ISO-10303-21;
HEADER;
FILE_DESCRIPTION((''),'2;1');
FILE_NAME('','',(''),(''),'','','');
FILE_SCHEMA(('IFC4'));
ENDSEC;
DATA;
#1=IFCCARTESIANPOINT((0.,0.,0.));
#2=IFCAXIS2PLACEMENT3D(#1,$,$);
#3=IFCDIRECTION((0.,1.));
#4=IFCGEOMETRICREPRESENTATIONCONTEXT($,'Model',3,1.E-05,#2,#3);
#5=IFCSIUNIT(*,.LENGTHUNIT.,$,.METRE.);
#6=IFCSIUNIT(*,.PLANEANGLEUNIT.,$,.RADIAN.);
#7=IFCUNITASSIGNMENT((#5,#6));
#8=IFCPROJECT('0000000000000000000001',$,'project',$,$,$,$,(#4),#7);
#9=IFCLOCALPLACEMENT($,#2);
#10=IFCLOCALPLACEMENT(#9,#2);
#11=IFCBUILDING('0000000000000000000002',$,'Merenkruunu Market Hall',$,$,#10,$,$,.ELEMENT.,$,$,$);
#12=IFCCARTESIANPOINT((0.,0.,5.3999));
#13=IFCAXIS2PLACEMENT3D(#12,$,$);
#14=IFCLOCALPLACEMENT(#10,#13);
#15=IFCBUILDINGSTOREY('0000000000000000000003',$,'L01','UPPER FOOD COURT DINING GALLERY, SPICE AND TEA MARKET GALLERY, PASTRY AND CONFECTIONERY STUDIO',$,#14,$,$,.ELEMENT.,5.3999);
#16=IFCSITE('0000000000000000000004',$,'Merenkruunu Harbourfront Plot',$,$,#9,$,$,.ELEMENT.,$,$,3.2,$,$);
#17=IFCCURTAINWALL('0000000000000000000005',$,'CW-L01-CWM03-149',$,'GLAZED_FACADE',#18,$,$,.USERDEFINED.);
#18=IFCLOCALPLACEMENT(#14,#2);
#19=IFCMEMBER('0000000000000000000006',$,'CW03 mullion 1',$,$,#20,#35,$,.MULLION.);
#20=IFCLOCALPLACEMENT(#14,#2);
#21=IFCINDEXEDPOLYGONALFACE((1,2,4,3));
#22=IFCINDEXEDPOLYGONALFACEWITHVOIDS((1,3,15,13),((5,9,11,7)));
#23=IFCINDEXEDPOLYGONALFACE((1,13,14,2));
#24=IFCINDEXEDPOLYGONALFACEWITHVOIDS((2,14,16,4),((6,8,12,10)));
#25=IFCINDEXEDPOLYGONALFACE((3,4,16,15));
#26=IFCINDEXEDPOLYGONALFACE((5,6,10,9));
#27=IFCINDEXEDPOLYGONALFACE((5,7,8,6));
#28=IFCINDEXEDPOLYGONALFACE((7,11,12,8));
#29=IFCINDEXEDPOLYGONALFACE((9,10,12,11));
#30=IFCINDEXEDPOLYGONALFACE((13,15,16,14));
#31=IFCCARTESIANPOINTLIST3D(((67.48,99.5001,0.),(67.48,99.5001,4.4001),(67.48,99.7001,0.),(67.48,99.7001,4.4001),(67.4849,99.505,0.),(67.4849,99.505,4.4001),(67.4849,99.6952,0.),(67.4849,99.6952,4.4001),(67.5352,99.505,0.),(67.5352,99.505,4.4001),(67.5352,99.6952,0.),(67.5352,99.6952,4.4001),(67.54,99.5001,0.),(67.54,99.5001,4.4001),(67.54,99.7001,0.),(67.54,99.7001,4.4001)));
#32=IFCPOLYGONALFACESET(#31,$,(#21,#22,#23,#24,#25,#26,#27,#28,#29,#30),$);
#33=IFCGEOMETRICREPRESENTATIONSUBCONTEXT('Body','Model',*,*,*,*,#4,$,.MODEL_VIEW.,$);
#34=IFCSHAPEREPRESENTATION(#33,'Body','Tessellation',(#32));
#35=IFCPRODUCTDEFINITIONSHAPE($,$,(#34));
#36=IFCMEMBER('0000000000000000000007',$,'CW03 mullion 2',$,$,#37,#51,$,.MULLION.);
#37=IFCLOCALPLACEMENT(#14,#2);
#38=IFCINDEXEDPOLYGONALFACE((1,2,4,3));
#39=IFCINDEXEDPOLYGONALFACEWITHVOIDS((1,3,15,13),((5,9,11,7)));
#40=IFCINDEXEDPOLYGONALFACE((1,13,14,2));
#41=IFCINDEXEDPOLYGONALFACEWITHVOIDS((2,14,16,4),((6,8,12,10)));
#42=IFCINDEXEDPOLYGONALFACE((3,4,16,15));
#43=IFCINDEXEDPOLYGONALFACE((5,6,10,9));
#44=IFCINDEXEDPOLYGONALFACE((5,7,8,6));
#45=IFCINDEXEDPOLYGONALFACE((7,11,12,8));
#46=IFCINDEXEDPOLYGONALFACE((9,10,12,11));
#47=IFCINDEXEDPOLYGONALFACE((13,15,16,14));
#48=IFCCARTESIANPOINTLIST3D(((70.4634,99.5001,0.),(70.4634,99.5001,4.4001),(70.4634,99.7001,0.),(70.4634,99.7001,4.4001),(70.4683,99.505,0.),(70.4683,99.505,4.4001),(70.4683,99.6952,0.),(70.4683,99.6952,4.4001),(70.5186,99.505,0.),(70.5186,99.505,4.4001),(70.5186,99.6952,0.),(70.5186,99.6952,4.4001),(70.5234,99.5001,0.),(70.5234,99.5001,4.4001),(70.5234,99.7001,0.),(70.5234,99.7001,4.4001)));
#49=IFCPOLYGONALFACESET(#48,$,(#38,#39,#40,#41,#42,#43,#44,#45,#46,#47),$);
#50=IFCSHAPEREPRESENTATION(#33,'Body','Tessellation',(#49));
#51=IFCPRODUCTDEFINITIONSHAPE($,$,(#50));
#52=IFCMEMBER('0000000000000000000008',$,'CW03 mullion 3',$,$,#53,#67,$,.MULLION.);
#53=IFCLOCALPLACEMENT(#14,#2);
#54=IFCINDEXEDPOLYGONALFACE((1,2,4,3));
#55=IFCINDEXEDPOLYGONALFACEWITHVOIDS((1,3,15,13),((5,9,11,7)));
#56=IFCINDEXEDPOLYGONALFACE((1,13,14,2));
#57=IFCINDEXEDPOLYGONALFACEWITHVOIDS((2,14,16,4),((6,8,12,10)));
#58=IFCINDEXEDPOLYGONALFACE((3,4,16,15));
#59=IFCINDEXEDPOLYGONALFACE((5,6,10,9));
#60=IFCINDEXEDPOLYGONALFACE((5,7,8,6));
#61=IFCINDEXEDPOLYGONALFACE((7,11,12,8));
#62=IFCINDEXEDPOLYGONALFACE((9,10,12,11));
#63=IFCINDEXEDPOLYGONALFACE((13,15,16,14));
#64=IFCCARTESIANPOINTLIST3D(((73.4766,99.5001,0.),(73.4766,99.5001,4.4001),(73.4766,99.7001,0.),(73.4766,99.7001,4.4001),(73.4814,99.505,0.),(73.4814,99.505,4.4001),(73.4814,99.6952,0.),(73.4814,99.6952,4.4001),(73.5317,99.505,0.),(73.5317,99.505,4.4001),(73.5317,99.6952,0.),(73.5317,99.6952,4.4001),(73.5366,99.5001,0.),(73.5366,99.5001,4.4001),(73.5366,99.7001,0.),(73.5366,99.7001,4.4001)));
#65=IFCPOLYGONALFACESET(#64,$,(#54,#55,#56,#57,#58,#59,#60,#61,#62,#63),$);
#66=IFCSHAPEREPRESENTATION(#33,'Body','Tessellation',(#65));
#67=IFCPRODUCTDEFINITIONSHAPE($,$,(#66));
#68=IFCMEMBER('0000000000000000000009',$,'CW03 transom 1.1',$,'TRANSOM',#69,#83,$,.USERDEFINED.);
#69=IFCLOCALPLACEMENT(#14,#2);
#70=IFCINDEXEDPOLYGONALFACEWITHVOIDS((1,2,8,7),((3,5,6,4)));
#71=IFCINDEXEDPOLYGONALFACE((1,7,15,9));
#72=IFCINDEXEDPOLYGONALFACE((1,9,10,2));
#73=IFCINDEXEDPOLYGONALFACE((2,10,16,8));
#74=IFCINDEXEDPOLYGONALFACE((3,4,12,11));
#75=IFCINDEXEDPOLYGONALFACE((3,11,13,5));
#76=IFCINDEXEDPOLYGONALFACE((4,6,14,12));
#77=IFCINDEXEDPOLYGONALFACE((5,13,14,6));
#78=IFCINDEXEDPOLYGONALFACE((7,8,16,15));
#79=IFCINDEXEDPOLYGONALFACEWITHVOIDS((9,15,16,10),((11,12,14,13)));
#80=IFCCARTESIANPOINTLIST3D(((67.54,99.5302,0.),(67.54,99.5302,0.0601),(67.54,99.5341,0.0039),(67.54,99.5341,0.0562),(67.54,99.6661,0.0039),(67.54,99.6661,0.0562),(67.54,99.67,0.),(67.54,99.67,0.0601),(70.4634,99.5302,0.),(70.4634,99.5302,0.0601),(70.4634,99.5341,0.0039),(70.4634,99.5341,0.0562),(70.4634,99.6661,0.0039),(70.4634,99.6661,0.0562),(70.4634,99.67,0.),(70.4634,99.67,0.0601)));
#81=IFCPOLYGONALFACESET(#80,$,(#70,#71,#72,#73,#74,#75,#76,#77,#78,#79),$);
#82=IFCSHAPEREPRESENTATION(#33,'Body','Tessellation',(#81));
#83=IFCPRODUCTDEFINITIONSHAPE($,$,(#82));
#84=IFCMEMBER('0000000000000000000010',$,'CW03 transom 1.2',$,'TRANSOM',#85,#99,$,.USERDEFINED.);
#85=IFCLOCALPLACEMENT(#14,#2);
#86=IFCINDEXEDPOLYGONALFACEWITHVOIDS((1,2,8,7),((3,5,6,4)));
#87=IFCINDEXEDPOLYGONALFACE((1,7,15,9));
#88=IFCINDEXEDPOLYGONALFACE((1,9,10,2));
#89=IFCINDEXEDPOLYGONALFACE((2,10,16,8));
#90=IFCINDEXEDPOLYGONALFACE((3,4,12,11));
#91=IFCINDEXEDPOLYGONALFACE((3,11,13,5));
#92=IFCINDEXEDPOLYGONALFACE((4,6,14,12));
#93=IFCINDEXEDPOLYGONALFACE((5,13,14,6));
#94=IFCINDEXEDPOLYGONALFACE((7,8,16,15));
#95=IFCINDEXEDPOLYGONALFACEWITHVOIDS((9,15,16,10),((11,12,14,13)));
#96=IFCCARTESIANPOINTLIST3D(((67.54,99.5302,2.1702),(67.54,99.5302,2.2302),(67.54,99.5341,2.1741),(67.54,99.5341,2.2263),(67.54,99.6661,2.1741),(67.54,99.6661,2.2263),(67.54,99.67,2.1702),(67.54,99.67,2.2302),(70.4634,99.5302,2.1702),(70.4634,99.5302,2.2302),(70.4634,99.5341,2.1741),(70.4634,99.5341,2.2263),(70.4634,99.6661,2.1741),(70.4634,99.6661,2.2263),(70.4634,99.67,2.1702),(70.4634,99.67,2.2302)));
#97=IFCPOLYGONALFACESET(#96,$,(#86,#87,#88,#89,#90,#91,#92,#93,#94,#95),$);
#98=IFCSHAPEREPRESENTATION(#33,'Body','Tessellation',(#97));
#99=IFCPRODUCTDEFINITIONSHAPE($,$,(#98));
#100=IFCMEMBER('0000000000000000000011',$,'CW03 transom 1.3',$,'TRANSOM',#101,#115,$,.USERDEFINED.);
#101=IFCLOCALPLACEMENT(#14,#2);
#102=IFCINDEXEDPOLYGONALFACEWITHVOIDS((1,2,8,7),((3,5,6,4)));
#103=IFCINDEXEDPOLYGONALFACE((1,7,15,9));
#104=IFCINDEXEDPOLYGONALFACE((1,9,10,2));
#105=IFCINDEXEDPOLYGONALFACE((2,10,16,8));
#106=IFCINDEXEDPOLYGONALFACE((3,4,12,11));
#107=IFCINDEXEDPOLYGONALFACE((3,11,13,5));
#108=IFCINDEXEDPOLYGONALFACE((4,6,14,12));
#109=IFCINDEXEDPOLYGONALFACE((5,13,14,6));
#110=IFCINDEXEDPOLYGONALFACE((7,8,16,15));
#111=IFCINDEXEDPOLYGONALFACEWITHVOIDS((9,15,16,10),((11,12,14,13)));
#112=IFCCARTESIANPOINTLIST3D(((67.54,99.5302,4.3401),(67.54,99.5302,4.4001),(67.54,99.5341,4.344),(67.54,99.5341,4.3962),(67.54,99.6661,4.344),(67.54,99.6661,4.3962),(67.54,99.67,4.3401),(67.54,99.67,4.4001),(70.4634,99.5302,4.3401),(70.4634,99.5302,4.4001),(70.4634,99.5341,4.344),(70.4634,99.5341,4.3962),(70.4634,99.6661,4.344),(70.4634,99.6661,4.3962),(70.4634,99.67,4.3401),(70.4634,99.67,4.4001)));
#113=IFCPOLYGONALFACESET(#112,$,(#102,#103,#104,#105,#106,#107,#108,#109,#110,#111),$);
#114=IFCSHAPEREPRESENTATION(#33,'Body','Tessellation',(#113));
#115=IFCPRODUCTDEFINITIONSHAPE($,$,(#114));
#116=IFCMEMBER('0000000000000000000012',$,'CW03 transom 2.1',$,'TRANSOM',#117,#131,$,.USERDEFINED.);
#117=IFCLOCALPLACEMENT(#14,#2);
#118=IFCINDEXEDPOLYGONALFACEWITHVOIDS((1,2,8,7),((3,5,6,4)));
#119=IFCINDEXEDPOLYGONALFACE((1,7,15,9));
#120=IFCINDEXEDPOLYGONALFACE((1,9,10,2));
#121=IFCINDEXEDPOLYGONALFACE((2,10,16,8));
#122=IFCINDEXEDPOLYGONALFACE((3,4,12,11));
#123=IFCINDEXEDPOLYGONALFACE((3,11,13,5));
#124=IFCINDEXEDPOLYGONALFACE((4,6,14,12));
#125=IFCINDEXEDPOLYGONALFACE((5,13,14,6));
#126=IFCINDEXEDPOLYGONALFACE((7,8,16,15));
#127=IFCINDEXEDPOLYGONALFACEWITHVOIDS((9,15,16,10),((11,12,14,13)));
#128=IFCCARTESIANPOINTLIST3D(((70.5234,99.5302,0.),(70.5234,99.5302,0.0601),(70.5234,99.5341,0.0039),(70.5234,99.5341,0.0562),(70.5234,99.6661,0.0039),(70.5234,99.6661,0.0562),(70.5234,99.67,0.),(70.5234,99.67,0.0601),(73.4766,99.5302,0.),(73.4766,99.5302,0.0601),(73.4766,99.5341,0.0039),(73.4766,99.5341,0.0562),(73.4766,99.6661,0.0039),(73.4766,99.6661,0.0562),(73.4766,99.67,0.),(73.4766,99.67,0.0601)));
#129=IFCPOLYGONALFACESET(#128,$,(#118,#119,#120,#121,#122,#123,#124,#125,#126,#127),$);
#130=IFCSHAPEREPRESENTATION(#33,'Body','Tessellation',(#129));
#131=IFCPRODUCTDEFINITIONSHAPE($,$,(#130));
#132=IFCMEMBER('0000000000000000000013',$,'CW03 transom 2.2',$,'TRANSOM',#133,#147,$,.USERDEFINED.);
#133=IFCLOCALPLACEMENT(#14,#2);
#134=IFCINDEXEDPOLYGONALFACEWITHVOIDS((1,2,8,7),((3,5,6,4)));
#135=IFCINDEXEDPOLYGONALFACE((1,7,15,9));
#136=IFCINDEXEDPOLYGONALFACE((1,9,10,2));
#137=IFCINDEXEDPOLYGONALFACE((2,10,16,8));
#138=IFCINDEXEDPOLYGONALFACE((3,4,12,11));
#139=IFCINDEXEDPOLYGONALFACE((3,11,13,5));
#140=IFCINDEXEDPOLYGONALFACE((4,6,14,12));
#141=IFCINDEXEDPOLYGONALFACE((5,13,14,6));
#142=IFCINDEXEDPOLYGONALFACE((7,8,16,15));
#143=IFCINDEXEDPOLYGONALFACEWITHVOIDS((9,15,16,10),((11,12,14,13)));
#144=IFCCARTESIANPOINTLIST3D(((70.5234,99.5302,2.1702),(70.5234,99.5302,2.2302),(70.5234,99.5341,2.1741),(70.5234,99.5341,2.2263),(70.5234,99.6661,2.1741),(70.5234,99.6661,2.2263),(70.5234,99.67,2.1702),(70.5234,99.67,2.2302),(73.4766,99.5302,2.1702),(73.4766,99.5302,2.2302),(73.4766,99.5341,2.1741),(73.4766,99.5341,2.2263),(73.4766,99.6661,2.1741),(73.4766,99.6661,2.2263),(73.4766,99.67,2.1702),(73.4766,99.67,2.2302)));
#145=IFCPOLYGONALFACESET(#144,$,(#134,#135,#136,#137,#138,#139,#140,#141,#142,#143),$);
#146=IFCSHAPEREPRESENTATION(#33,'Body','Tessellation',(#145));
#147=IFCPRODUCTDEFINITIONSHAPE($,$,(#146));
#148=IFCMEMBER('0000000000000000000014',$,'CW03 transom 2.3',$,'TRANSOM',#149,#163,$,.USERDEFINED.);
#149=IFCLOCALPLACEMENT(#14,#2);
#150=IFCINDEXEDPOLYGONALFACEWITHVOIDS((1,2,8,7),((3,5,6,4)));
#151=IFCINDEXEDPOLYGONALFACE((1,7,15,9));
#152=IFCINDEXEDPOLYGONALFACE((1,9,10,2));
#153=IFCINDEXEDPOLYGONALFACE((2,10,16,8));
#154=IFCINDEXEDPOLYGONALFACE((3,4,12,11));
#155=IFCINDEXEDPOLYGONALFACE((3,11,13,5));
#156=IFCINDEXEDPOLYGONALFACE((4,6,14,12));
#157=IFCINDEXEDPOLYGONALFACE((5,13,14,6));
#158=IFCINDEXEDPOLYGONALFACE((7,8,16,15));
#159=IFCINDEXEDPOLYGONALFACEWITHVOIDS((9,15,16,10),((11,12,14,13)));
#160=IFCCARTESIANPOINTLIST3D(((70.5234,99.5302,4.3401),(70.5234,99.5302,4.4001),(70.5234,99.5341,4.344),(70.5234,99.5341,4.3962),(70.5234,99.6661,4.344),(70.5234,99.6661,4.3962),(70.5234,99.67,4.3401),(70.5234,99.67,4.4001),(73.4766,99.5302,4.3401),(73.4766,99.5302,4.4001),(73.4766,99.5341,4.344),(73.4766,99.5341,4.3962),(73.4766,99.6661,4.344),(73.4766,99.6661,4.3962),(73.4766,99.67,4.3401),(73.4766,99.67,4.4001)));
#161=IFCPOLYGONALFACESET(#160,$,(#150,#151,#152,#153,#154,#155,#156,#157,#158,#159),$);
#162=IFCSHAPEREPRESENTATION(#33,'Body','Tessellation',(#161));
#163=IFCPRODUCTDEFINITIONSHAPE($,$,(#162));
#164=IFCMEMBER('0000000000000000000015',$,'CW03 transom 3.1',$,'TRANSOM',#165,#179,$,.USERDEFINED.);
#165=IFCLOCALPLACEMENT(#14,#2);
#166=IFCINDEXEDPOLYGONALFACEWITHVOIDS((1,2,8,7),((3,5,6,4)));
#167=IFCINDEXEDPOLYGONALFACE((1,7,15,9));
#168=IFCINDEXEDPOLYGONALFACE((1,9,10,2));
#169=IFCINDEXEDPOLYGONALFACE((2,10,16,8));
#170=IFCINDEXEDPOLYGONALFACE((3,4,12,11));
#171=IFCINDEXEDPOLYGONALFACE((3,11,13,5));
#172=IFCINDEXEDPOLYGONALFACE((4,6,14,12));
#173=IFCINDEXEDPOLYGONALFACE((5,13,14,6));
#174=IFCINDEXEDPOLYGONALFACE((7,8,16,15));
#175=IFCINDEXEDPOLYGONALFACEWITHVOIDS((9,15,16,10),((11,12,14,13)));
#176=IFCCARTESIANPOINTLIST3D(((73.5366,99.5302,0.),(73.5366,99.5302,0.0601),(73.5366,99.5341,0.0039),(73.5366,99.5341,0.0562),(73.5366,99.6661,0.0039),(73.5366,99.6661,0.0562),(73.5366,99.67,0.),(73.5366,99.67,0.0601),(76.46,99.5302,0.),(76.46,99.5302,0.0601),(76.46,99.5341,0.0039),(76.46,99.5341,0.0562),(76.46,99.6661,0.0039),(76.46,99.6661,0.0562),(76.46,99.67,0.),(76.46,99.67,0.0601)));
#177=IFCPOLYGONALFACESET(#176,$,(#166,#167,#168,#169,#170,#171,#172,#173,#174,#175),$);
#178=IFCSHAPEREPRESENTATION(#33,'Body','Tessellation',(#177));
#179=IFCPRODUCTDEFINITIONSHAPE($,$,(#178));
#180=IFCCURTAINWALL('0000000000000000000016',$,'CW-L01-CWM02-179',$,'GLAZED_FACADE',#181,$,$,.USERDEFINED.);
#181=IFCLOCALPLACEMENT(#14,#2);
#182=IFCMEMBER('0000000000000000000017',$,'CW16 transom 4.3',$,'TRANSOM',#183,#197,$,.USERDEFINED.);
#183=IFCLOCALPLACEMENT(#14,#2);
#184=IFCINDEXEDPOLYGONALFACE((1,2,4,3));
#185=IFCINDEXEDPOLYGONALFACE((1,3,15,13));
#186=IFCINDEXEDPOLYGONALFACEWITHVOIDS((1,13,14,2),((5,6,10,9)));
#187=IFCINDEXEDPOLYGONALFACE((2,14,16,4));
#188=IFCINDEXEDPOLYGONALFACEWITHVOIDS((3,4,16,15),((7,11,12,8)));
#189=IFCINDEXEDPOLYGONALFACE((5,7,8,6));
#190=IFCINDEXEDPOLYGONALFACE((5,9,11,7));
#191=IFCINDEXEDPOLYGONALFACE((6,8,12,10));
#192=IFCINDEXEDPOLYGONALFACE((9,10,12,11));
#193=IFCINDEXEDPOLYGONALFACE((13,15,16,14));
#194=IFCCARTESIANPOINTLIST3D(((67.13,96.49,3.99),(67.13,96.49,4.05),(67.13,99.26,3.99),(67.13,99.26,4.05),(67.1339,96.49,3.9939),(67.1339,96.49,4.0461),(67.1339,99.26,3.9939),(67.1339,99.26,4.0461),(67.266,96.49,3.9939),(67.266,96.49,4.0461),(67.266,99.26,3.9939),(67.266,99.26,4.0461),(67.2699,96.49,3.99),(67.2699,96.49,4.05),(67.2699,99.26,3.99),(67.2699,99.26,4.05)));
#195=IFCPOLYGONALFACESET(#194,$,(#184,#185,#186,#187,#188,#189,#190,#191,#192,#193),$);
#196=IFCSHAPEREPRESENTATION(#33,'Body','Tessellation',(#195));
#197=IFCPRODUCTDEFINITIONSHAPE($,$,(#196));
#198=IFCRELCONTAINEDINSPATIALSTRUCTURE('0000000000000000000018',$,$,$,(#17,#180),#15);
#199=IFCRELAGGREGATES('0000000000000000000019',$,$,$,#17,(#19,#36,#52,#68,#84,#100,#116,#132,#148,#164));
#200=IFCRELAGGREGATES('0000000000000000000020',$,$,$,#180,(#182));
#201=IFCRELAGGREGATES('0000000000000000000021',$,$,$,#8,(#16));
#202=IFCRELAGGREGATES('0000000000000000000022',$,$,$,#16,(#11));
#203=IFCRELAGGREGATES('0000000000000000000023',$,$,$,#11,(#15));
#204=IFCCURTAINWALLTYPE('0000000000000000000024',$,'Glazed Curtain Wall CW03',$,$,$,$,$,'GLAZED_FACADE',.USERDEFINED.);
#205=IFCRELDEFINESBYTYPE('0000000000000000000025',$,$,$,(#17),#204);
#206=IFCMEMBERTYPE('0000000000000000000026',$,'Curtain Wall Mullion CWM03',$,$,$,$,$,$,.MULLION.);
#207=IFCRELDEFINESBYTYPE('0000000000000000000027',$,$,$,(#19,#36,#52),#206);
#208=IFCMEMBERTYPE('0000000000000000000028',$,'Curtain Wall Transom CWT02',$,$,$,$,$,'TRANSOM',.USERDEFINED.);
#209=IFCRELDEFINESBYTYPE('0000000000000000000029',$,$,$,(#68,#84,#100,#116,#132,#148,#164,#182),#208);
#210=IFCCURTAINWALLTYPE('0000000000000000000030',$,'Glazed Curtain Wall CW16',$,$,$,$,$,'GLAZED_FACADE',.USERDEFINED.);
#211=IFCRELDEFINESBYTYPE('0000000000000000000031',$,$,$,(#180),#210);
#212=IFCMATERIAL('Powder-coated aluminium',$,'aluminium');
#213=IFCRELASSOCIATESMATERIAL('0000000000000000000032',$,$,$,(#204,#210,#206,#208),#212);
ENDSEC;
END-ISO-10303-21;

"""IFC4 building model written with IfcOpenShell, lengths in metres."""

from ifc_helpers import new_model, si_unit, direction, frame, origin, origin_2d, place, context, subcontext, project, spatial, hollow_rectangle, extrude, material, material_profile, profile_set, type_object, element, aggregate, save


model = new_model("IFC4")

# Units and contexts
model_context = context("Model", 3, precision=1e-05, world=origin(), true_north=direction((0.0, 1.0)))
body_context = subcontext(model_context, "Body", "Model", "MODEL_VIEW")
ifc_project = project(units=[si_unit("LENGTHUNIT", "METRE"), si_unit("PLANEANGLEUNIT", "RADIAN")], contexts=[model_context])

# Site, building, storey
site_placement = place(None, origin())
site = spatial("IfcSite", under=ifc_project, at=site_placement, Name="Merenkruunu Harbourfront Plot", CompositionType="ELEMENT", RefElevation=3.2)
building_placement = place(site_placement, origin())
building = spatial("IfcBuilding", under=site, at=building_placement, Name="Merenkruunu Market Hall", CompositionType="ELEMENT")
storey_placement = place(building_placement, frame((0.0, 0.0, 5.3999)))
storey = spatial("IfcBuildingStorey", under=building, at=storey_placement, Name="L01", Description="UPPER FOOD COURT DINING GALLERY, SPICE AND TEA MARKET GALLERY, PASTRY AND CONFECTIONERY STUDIO", CompositionType="ELEMENT", Elevation=5.3999)

# Curtain wall, members
ifc_material_1 = material(Name="Powder-coated aluminium", Category="aluminium")
curtain_wall_type_1 = type_object("IfcCurtainWallType", Name="Glazed Curtain Wall CW03", ElementType="GLAZED_FACADE", PredefinedType="USERDEFINED", material=ifc_material_1)
curtain_wall_1_placement = place(storey_placement, origin())
curtain_wall_1 = element("IfcCurtainWall", 1, at=curtain_wall_1_placement, inside=storey, type_object=curtain_wall_type_1, Name="CW-L01-CWM03-149", ObjectType="GLAZED_FACADE", PredefinedType="USERDEFINED")
ifc_material_profile_1 = material_profile(ifc_material_1, hollow_rectangle(XDim=0.0601, YDim=0.2, WallThickness=0.0049, at=origin_2d()), Name="ALU 60x200x5")
ifc_profile_set_1 = profile_set([ifc_material_profile_1], Name="Powder-coated aluminium")
member_type_1 = type_object("IfcMemberType", Name="Curtain Wall Mullion CWM03", PredefinedType="MULLION", material=ifc_profile_set_1)
member_1_placement = place(storey_placement, frame((67.51, 99.6001, 0.0), z_axis=(0.0, 0.0, 1.0), x_axis=(1.0, 0.0, 0.0)))
member_1 = element("IfcMember", 2, at=member_1_placement, type_object=member_type_1, Name="CW03 mullion 1", PredefinedType="MULLION", context=body_context, shape_type="SweptSolid", body=[
    extrude(hollow_rectangle(XDim=0.0601, YDim=0.2, WallThickness=0.0049, at=origin_2d()), origin(), (0.0, 0.0, 1.0), 4.4001),
])
member_2_placement = place(storey_placement, frame((70.4934, 99.6001, 0.0), z_axis=(0.0, 0.0, 1.0), x_axis=(1.0, 0.0, 0.0)))
member_2 = element("IfcMember", 3, at=member_2_placement, type_object=member_type_1, Name="CW03 mullion 2", PredefinedType="MULLION", context=body_context, shape_type="SweptSolid", body=[
    extrude(hollow_rectangle(XDim=0.0601, YDim=0.2, WallThickness=0.0049, at=origin_2d()), origin(), (0.0, 0.0, 1.0), 4.4001),
])
member_3_placement = place(storey_placement, frame((73.5066, 99.6001, 0.0), z_axis=(0.0, 0.0, 1.0), x_axis=(1.0, 0.0, 0.0)))
member_3 = element("IfcMember", 4, at=member_3_placement, type_object=member_type_1, Name="CW03 mullion 3", PredefinedType="MULLION", context=body_context, shape_type="SweptSolid", body=[
    extrude(hollow_rectangle(XDim=0.0601, YDim=0.2, WallThickness=0.0049, at=origin_2d()), origin(), (0.0, 0.0, 1.0), 4.4001),
])
ifc_material_profile_2 = material_profile(ifc_material_1, hollow_rectangle(XDim=0.0601, YDim=0.1399, WallThickness=0.0039, at=origin_2d()), Name="ALU 60x140x4")
ifc_profile_set_2 = profile_set([ifc_material_profile_2], Name="Powder-coated aluminium")
member_type_2 = type_object("IfcMemberType", Name="Curtain Wall Transom CWT02", ElementType="TRANSOM", PredefinedType="USERDEFINED", material=ifc_profile_set_2)
member_4_placement = place(storey_placement, frame((67.54, 99.6001, 0.03), z_axis=(1.0, 0.0, 0.0), x_axis=(0.0, 0.0, 1.0)))
member_4 = element("IfcMember", 5, at=member_4_placement, type_object=member_type_2, Name="CW03 transom 1.1", ObjectType="TRANSOM", PredefinedType="USERDEFINED", context=body_context, shape_type="SweptSolid", body=[
    extrude(hollow_rectangle(XDim=0.0601, YDim=0.1399, WallThickness=0.0039, at=origin_2d()), origin(), (0.0, 0.0, 1.0), 2.9233),
])
member_5_placement = place(storey_placement, frame((67.54, 99.6001, 2.2002), z_axis=(1.0, 0.0, 0.0), x_axis=(0.0, 0.0, 1.0)))
member_5 = element("IfcMember", 6, at=member_5_placement, type_object=member_type_2, Name="CW03 transom 1.2", ObjectType="TRANSOM", PredefinedType="USERDEFINED", context=body_context, shape_type="SweptSolid", body=[
    extrude(hollow_rectangle(XDim=0.0601, YDim=0.1399, WallThickness=0.0039, at=origin_2d()), origin(), (0.0, 0.0, 1.0), 2.9233),
])
member_6_placement = place(storey_placement, frame((67.54, 99.6001, 4.3701), z_axis=(1.0, 0.0, 0.0), x_axis=(0.0, 0.0, 1.0)))
member_6 = element("IfcMember", 7, at=member_6_placement, type_object=member_type_2, Name="CW03 transom 1.3", ObjectType="TRANSOM", PredefinedType="USERDEFINED", context=body_context, shape_type="SweptSolid", body=[
    extrude(hollow_rectangle(XDim=0.0601, YDim=0.1399, WallThickness=0.0039, at=origin_2d()), origin(), (0.0, 0.0, 1.0), 2.9233),
])
member_7_placement = place(storey_placement, frame((70.5234, 99.6001, 0.03), z_axis=(1.0, 0.0, 0.0), x_axis=(0.0, 0.0, 1.0)))
member_7 = element("IfcMember", 8, at=member_7_placement, type_object=member_type_2, Name="CW03 transom 2.1", ObjectType="TRANSOM", PredefinedType="USERDEFINED", context=body_context, shape_type="SweptSolid", body=[
    extrude(hollow_rectangle(XDim=0.0601, YDim=0.1399, WallThickness=0.0039, at=origin_2d()), origin(), (0.0, 0.0, 1.0), 2.9531),
])
member_8_placement = place(storey_placement, frame((70.5234, 99.6001, 2.2002), z_axis=(1.0, 0.0, 0.0), x_axis=(0.0, 0.0, 1.0)))
member_8 = element("IfcMember", 9, at=member_8_placement, type_object=member_type_2, Name="CW03 transom 2.2", ObjectType="TRANSOM", PredefinedType="USERDEFINED", context=body_context, shape_type="SweptSolid", body=[
    extrude(hollow_rectangle(XDim=0.0601, YDim=0.1399, WallThickness=0.0039, at=origin_2d()), origin(), (0.0, 0.0, 1.0), 2.9531),
])
member_9_placement = place(storey_placement, frame((70.5234, 99.6001, 4.3701), z_axis=(1.0, 0.0, 0.0), x_axis=(0.0, 0.0, 1.0)))
member_9 = element("IfcMember", 10, at=member_9_placement, type_object=member_type_2, Name="CW03 transom 2.3", ObjectType="TRANSOM", PredefinedType="USERDEFINED", context=body_context, shape_type="SweptSolid", body=[
    extrude(hollow_rectangle(XDim=0.0601, YDim=0.1399, WallThickness=0.0039, at=origin_2d()), origin(), (0.0, 0.0, 1.0), 2.9531),
])
member_10_placement = place(storey_placement, frame((73.5366, 99.6001, 0.03), z_axis=(1.0, 0.0, 0.0), x_axis=(0.0, 0.0, 1.0)))
member_10 = element("IfcMember", 11, at=member_10_placement, type_object=member_type_2, Name="CW03 transom 3.1", ObjectType="TRANSOM", PredefinedType="USERDEFINED", context=body_context, shape_type="SweptSolid", body=[
    extrude(hollow_rectangle(XDim=0.0601, YDim=0.1399, WallThickness=0.0039, at=origin_2d()), origin(), (0.0, 0.0, 1.0), 2.9233),
])

# Curtain wall, member
curtain_wall_type_2 = type_object("IfcCurtainWallType", Name="Glazed Curtain Wall CW16", ElementType="GLAZED_FACADE", PredefinedType="USERDEFINED", material=ifc_material_1)
curtain_wall_2_placement = place(storey_placement, origin())
curtain_wall_2 = element("IfcCurtainWall", 12, at=curtain_wall_2_placement, inside=storey, type_object=curtain_wall_type_2, Name="CW-L01-CWM02-179", ObjectType="GLAZED_FACADE", PredefinedType="USERDEFINED")
member_11_placement = place(storey_placement, frame((67.2, 96.49, 4.02), z_axis=(0.0, 1.0, 0.0), x_axis=(0.0, 0.0, 1.0)))
member_11 = element("IfcMember", 13, at=member_11_placement, type_object=member_type_2, Name="CW16 transom 4.3", ObjectType="TRANSOM", PredefinedType="USERDEFINED", context=body_context, shape_type="SweptSolid", body=[
    extrude(hollow_rectangle(XDim=0.0601, YDim=0.1399, WallThickness=0.0039, at=origin_2d()), origin(), (0.0, 0.0, 1.0), 2.77),
])

aggregate(curtain_wall_1, [member_1, member_2, member_3, member_4, member_5, member_6, member_7, member_8, member_9, member_10])
aggregate(curtain_wall_2, [member_11])

save(model, "model.ifc")
